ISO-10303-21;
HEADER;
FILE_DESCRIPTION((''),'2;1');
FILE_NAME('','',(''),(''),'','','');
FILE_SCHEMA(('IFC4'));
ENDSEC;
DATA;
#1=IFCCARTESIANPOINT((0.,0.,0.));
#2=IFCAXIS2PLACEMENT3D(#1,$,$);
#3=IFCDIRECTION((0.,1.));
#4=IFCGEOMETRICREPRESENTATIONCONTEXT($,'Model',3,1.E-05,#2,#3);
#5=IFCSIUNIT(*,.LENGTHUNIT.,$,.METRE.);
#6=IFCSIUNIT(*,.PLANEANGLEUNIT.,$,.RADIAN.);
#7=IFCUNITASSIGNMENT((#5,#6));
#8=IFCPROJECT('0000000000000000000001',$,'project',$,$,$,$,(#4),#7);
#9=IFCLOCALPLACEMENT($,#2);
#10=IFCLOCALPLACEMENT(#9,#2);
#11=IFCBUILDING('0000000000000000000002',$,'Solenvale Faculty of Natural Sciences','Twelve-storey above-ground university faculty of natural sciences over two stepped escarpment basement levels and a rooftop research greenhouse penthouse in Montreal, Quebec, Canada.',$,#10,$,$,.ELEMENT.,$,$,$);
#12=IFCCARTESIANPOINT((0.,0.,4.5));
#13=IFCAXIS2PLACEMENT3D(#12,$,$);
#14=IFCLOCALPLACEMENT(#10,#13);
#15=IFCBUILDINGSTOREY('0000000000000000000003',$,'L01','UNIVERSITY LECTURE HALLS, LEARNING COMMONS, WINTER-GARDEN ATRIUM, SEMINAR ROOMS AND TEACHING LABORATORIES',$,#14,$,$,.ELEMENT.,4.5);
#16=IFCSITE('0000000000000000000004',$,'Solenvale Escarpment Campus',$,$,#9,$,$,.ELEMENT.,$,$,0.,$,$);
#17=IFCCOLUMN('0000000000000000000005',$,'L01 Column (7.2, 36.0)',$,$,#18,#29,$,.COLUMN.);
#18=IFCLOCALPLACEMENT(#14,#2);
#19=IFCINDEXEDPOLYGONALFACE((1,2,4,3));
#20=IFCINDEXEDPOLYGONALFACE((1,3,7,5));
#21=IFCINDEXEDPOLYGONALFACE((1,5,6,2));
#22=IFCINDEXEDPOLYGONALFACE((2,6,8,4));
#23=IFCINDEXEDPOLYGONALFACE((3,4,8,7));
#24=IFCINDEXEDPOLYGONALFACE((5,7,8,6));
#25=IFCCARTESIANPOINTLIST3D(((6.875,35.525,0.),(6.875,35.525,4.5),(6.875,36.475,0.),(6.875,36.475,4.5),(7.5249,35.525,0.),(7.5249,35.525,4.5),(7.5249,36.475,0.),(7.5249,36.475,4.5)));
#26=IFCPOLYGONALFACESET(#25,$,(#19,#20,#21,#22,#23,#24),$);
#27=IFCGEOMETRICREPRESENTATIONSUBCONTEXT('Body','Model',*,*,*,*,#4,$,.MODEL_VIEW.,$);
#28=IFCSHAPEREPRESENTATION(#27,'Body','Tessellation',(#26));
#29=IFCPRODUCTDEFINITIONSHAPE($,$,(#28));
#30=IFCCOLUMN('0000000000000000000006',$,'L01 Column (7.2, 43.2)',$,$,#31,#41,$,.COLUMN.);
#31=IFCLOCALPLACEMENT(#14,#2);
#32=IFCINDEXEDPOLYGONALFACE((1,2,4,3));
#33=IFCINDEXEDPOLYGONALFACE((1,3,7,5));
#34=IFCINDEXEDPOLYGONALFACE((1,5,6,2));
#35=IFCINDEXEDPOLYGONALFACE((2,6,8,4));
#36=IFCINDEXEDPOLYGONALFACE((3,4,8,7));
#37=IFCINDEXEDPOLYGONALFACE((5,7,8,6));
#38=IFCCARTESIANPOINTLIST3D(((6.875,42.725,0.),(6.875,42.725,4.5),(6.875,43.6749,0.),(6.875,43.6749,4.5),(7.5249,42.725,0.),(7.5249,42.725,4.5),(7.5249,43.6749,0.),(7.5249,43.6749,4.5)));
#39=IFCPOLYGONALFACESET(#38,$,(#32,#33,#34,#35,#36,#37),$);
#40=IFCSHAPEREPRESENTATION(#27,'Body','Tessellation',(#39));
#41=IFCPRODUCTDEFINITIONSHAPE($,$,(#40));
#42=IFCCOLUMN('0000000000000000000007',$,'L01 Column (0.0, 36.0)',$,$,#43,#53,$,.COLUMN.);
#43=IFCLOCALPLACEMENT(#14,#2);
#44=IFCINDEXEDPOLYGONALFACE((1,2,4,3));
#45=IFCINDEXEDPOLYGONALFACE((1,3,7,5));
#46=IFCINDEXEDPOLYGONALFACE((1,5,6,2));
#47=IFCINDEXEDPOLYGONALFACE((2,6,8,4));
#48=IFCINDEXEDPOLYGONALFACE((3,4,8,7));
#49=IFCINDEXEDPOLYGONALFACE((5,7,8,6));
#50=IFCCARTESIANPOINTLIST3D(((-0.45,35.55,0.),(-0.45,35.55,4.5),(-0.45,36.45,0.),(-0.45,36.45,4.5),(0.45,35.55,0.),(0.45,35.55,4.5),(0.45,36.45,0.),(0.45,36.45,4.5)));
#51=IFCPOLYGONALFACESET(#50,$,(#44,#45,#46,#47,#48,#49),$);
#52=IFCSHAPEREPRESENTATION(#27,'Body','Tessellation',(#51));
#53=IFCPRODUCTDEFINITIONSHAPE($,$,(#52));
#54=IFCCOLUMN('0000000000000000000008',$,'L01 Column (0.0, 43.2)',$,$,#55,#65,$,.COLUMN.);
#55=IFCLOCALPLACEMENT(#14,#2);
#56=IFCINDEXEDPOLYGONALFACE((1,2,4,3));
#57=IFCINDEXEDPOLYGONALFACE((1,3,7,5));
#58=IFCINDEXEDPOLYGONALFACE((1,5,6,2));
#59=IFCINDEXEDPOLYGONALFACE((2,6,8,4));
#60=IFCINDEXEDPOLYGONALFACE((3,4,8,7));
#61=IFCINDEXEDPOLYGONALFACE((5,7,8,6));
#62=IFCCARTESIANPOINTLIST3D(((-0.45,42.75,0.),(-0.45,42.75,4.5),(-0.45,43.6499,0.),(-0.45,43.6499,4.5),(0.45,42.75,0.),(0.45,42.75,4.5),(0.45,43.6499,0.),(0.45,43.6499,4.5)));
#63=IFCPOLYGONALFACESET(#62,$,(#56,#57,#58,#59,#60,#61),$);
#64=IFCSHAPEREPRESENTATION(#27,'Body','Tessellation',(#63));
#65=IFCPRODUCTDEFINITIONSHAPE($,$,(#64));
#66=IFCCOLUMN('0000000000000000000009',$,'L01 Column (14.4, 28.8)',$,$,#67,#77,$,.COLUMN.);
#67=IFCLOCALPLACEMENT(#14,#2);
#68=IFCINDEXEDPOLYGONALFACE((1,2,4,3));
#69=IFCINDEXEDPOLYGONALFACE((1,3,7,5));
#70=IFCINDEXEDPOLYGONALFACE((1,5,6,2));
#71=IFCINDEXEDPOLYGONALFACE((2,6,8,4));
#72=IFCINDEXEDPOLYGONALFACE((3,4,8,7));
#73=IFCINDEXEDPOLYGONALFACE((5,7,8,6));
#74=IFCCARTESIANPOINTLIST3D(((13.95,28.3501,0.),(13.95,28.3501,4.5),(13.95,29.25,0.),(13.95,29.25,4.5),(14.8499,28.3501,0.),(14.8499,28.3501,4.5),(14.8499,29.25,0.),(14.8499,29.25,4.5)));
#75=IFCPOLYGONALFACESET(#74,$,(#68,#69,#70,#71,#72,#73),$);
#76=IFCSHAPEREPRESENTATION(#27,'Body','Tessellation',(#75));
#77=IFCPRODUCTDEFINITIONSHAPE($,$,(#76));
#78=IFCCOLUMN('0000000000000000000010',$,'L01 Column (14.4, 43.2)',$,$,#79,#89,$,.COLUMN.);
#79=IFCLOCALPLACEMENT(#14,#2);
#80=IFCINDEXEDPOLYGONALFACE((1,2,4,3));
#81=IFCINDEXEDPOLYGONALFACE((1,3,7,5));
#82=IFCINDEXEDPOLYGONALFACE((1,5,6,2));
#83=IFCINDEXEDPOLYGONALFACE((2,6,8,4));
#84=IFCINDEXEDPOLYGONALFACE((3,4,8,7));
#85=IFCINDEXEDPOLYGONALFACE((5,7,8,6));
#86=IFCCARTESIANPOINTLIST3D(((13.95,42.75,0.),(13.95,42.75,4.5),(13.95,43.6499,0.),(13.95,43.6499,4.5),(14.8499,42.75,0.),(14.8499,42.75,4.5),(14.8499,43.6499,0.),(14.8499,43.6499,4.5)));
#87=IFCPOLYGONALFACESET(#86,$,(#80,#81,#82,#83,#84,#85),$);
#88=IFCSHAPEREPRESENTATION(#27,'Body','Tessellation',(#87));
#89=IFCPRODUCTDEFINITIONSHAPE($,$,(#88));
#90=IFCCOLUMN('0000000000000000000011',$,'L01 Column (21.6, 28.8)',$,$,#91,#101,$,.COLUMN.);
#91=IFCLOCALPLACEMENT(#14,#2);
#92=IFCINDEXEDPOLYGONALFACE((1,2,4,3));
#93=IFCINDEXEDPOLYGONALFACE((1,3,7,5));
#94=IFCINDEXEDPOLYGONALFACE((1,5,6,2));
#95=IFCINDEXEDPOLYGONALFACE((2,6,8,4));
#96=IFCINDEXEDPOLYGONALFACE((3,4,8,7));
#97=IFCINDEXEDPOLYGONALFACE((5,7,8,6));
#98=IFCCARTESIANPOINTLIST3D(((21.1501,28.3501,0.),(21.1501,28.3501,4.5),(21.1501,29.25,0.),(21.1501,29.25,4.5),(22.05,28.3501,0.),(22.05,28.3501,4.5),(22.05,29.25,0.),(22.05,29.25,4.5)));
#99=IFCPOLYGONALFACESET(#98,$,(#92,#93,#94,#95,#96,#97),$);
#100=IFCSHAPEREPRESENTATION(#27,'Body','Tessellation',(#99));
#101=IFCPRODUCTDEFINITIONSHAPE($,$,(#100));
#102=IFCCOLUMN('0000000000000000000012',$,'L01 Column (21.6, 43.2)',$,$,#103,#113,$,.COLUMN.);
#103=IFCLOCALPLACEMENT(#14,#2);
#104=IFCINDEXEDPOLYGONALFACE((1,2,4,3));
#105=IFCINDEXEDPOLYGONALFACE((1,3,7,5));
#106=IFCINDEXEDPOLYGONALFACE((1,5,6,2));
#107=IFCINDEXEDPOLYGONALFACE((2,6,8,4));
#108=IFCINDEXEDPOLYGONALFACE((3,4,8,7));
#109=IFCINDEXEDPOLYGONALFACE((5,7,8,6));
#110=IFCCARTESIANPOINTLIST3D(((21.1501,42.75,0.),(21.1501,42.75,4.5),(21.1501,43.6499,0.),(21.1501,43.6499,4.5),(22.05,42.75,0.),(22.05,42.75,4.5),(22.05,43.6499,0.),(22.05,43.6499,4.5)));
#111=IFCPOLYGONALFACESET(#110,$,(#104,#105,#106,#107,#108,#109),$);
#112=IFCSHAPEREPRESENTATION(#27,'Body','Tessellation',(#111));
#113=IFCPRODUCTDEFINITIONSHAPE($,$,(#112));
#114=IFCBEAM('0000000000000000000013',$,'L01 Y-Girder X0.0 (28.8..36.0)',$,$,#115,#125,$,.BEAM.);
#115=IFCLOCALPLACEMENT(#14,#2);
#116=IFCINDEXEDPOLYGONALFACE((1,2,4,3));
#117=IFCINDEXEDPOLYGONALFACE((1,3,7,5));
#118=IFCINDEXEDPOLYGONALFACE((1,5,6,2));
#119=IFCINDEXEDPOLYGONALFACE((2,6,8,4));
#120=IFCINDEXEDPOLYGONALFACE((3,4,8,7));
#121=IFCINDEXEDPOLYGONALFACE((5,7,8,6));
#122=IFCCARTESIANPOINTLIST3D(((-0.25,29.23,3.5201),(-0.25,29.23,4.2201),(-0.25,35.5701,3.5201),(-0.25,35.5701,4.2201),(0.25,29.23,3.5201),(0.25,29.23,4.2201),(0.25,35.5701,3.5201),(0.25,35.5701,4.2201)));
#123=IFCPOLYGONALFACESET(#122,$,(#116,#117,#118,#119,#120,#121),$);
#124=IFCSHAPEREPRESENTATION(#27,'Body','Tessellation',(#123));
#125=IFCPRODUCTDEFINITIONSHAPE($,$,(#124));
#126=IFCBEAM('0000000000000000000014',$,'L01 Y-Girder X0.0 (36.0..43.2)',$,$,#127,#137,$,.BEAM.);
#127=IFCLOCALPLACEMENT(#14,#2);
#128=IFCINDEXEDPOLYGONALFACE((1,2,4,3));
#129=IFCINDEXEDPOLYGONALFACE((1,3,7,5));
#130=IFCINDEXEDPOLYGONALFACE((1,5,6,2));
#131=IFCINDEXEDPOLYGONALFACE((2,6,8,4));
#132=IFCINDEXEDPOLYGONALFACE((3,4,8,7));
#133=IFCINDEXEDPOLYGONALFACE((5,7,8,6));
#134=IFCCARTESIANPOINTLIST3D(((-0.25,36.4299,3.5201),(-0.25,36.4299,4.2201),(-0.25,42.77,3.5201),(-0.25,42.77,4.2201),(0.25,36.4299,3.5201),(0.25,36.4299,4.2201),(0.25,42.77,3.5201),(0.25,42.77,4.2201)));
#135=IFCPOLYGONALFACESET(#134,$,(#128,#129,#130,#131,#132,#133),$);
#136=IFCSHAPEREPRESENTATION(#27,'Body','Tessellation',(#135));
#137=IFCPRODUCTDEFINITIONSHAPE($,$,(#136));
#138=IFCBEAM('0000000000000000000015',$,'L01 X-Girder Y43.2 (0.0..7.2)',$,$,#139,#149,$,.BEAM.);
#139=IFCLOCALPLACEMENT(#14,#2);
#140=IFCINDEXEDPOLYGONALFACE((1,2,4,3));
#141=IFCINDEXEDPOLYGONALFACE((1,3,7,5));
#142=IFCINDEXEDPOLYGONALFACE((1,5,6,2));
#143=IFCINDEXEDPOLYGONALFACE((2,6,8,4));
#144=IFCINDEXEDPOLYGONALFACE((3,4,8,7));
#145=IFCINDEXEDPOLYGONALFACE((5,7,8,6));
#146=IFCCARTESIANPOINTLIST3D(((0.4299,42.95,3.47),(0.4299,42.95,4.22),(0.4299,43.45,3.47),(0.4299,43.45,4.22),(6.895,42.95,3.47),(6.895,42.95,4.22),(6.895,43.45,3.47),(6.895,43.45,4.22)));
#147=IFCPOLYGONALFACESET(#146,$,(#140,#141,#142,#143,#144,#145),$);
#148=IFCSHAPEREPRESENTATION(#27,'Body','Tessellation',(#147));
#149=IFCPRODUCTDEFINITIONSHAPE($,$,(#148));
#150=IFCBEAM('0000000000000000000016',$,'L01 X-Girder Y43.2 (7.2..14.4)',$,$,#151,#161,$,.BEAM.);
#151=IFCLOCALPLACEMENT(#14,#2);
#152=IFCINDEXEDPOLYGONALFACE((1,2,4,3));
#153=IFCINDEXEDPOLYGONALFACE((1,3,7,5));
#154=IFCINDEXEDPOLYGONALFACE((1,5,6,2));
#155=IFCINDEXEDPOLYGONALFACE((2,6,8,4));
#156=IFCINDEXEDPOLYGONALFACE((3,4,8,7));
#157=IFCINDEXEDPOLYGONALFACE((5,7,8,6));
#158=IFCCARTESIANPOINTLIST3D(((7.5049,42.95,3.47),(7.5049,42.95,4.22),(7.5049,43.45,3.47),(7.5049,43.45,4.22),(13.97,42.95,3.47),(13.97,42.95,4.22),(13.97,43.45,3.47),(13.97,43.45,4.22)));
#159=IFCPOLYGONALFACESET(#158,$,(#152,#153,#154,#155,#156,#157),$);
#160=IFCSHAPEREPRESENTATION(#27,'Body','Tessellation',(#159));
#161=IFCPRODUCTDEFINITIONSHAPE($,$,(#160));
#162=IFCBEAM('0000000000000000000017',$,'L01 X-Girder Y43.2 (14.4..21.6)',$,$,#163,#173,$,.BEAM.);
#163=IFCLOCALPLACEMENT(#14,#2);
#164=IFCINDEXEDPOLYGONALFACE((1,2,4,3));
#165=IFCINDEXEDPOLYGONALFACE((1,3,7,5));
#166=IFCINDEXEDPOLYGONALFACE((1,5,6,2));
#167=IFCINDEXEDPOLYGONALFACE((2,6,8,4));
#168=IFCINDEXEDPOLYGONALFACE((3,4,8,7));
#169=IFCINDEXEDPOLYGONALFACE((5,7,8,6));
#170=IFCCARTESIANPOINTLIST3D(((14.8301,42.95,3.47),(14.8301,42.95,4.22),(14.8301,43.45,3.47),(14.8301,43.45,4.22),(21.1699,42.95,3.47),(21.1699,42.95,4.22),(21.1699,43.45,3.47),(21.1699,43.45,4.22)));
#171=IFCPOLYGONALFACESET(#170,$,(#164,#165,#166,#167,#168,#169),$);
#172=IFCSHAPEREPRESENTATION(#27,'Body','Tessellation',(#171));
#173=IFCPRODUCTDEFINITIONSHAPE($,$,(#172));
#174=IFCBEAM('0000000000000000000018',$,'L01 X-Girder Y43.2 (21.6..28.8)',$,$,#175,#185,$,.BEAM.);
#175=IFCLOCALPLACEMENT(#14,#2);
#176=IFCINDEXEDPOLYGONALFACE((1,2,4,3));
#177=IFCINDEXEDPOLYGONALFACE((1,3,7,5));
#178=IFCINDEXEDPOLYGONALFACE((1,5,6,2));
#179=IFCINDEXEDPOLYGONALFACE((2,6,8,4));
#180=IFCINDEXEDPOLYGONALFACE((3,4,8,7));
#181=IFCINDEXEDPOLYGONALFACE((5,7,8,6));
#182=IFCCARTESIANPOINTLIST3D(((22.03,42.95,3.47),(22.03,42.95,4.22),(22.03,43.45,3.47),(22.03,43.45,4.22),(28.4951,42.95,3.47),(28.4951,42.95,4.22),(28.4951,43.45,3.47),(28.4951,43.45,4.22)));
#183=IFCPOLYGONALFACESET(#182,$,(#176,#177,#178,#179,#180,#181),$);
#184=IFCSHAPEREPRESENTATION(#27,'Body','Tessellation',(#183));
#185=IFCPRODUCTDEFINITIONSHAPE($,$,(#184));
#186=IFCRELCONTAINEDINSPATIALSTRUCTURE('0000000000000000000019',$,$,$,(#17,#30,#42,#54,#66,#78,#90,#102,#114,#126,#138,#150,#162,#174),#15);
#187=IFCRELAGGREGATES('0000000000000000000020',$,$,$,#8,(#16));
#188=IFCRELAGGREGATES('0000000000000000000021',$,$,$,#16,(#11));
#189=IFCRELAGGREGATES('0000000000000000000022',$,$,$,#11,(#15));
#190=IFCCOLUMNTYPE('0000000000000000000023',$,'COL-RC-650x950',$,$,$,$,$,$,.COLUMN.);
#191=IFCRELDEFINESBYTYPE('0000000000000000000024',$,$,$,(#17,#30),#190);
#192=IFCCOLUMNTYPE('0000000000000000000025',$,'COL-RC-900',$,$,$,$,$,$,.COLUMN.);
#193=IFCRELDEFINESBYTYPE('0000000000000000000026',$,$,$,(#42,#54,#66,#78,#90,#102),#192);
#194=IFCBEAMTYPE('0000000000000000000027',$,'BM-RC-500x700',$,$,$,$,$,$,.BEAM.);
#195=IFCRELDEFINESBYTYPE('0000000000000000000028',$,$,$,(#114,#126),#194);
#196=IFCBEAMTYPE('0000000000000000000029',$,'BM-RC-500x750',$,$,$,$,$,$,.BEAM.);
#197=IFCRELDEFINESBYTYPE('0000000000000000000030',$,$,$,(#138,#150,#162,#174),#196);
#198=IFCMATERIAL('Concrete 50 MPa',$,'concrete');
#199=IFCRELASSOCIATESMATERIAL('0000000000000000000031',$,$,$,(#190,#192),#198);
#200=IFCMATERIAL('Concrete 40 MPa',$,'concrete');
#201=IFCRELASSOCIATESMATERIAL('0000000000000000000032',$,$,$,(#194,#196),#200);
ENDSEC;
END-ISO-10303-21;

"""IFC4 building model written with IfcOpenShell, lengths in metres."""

from ifc_helpers import new_model, si_unit, direction, frame, origin, origin_2d, place, context, subcontext, project, spatial, rectangle, extrude, material, material_profile, profile_set, type_object, element, save


model = new_model("IFC4")

# Units and contexts
model_context = context("Model", 3, precision=1e-05, world=origin(), true_north=direction((0.0, 1.0)))
body_context = subcontext(model_context, "Body", "Model", "MODEL_VIEW")
ifc_project = project(units=[si_unit("LENGTHUNIT", "METRE"), si_unit("PLANEANGLEUNIT", "RADIAN")], contexts=[model_context])

# Site, building, storey
site_placement = place(None, origin())
site = spatial("IfcSite", under=ifc_project, at=site_placement, Name="Solenvale Escarpment Campus", CompositionType="ELEMENT", RefElevation=0.0)
building_placement = place(site_placement, origin())
building = spatial("IfcBuilding", under=site, at=building_placement, Name="Solenvale Faculty of Natural Sciences", Description="Twelve-storey above-ground university faculty of natural sciences over two stepped escarpment basement levels and a rooftop research greenhouse penthouse in Montreal, Quebec, Canada.", CompositionType="ELEMENT")
storey_placement = place(building_placement, frame((0.0, 0.0, 4.5)))
storey = spatial("IfcBuildingStorey", under=building, at=storey_placement, Name="L01", Description="UNIVERSITY LECTURE HALLS, LEARNING COMMONS, WINTER-GARDEN ATRIUM, SEMINAR ROOMS AND TEACHING LABORATORIES", CompositionType="ELEMENT", Elevation=4.5)

# Columns
ifc_material_1 = material(Name="Concrete 50 MPa", Category="concrete")
ifc_material_profile_1 = material_profile(ifc_material_1, rectangle(XDim=0.6499, YDim=0.95, at=origin_2d()), Name="RC-COL-650x950")
ifc_profile_set_1 = profile_set([ifc_material_profile_1], Name="Concrete 50 MPa")
column_type_1 = type_object("IfcColumnType", Name="COL-RC-650x950", PredefinedType="COLUMN", material=ifc_profile_set_1)
for number, where, z_axis, x_axis, name in (
    (1, (7.2, 36.0, 0.0), (0.0, 0.0, 1.0), (1.0, 0.0, 0.0), "L01 Column (7.2, 36.0)"),
    (2, (7.2, 43.2, 0.0), (0.0, 0.0, 1.0), (1.0, 0.0, 0.0), "L01 Column (7.2, 43.2)"),
):
    element("IfcColumn", number, at=place(storey_placement, frame(where, z_axis=z_axis, x_axis=x_axis)), inside=storey, type_object=column_type_1, Name=name, PredefinedType="COLUMN", context=body_context, shape_type="SweptSolid", body=[
        extrude(rectangle(XDim=0.6499, YDim=0.95, at=origin_2d()), origin(), (0.0, 0.0, 1.0), 4.5),
    ])
ifc_material_profile_2 = material_profile(ifc_material_1, rectangle(XDim=0.8999, YDim=0.8999, at=origin_2d()), Name="RC-COL-900x900")
ifc_profile_set_2 = profile_set([ifc_material_profile_2], Name="Concrete 50 MPa")
column_type_2 = type_object("IfcColumnType", Name="COL-RC-900", PredefinedType="COLUMN", material=ifc_profile_set_2)
for number, where, z_axis, x_axis, name in (
    (3, (0.0, 36.0, 0.0), (0.0, 0.0, 1.0), (1.0, 0.0, 0.0), "L01 Column (0.0, 36.0)"),
    (4, (0.0, 43.2, 0.0), (0.0, 0.0, 1.0), (1.0, 0.0, 0.0), "L01 Column (0.0, 43.2)"),
    (5, (14.3999, 28.8, 0.0), (0.0, 0.0, 1.0), (1.0, 0.0, 0.0), "L01 Column (14.4, 28.8)"),
    (6, (14.3999, 43.2, 0.0), (0.0, 0.0, 1.0), (1.0, 0.0, 0.0), "L01 Column (14.4, 43.2)"),
    (7, (21.6001, 28.8, 0.0), (0.0, 0.0, 1.0), (1.0, 0.0, 0.0), "L01 Column (21.6, 28.8)"),
    (8, (21.6001, 43.2, 0.0), (0.0, 0.0, 1.0), (1.0, 0.0, 0.0), "L01 Column (21.6, 43.2)"),
):
    element("IfcColumn", number, at=place(storey_placement, frame(where, z_axis=z_axis, x_axis=x_axis)), inside=storey, type_object=column_type_2, Name=name, PredefinedType="COLUMN", context=body_context, shape_type="SweptSolid", body=[
        extrude(rectangle(XDim=0.8999, YDim=0.8999, at=origin_2d()), origin(), (0.0, 0.0, 1.0), 4.5),
    ])

# Beams
ifc_material_2 = material(Name="Concrete 40 MPa", Category="concrete")
ifc_material_profile_3 = material_profile(ifc_material_2, rectangle(XDim=0.5, YDim=0.7, at=origin_2d()), Name="RC-BM-500x700")
ifc_profile_set_3 = profile_set([ifc_material_profile_3], Name="Concrete 40 MPa")
beam_type_1 = type_object("IfcBeamType", Name="BM-RC-500x700", PredefinedType="BEAM", material=ifc_profile_set_3)
for number, where, z_axis, x_axis, name in (
    (9, (0.0, 29.23, 3.8701), (0.0, 1.0, 0.0), (-1.0, 0.0, 0.0), "L01 Y-Girder X0.0 (28.8..36.0)"),
    (10, (0.0, 36.4299, 3.8701), (0.0, 1.0, 0.0), (-1.0, 0.0, 0.0), "L01 Y-Girder X0.0 (36.0..43.2)"),
):
    element("IfcBeam", number, at=place(storey_placement, frame(where, z_axis=z_axis, x_axis=x_axis)), inside=storey, type_object=beam_type_1, Name=name, PredefinedType="BEAM", context=body_context, shape_type="SweptSolid", body=[
        extrude(rectangle(XDim=0.5, YDim=0.7, at=origin_2d()), origin(), (0.0, 0.0, 1.0), 6.3401),
    ])
ifc_material_profile_4 = material_profile(ifc_material_2, rectangle(XDim=0.5, YDim=0.75, at=origin_2d()), Name="RC-BM-500x750")
ifc_profile_set_4 = profile_set([ifc_material_profile_4], Name="Concrete 40 MPa")
beam_type_2 = type_object("IfcBeamType", Name="BM-RC-500x750", PredefinedType="BEAM", material=ifc_profile_set_4)
for number, where, z_axis, x_axis, name in (
    (11, (0.4299, 43.2, 3.845), (1.0, 0.0, 0.0), (0.0, 1.0, 0.0), "L01 X-Girder Y43.2 (0.0..7.2)"),
    (12, (7.5049, 43.2, 3.845), (1.0, 0.0, 0.0), (0.0, 1.0, 0.0), "L01 X-Girder Y43.2 (7.2..14.4)"),
):
    element("IfcBeam", number, at=place(storey_placement, frame(where, z_axis=z_axis, x_axis=x_axis)), inside=storey, type_object=beam_type_2, Name=name, PredefinedType="BEAM", context=body_context, shape_type="SweptSolid", body=[
        extrude(rectangle(XDim=0.5, YDim=0.75, at=origin_2d()), origin(), (0.0, 0.0, 1.0), 6.4651),
    ])
beam_1_placement = place(storey_placement, frame((14.8301, 43.2, 3.845), z_axis=(1.0, 0.0, 0.0), x_axis=(0.0, 1.0, 0.0)))
element("IfcBeam", 13, at=beam_1_placement, inside=storey, type_object=beam_type_2, Name="L01 X-Girder Y43.2 (14.4..21.6)", PredefinedType="BEAM", context=body_context, shape_type="SweptSolid", body=[
    extrude(rectangle(XDim=0.5, YDim=0.75, at=origin_2d()), origin(), (0.0, 0.0, 1.0), 6.3398),
])
beam_2_placement = place(storey_placement, frame((22.03, 43.2, 3.845), z_axis=(1.0, 0.0, 0.0), x_axis=(0.0, 1.0, 0.0)))
element("IfcBeam", 14, at=beam_2_placement, inside=storey, type_object=beam_type_2, Name="L01 X-Girder Y43.2 (21.6..28.8)", PredefinedType="BEAM", context=body_context, shape_type="SweptSolid", body=[
    extrude(rectangle(XDim=0.5, YDim=0.75, at=origin_2d()), origin(), (0.0, 0.0, 1.0), 6.4651),
])

save(model, "model.ifc")
